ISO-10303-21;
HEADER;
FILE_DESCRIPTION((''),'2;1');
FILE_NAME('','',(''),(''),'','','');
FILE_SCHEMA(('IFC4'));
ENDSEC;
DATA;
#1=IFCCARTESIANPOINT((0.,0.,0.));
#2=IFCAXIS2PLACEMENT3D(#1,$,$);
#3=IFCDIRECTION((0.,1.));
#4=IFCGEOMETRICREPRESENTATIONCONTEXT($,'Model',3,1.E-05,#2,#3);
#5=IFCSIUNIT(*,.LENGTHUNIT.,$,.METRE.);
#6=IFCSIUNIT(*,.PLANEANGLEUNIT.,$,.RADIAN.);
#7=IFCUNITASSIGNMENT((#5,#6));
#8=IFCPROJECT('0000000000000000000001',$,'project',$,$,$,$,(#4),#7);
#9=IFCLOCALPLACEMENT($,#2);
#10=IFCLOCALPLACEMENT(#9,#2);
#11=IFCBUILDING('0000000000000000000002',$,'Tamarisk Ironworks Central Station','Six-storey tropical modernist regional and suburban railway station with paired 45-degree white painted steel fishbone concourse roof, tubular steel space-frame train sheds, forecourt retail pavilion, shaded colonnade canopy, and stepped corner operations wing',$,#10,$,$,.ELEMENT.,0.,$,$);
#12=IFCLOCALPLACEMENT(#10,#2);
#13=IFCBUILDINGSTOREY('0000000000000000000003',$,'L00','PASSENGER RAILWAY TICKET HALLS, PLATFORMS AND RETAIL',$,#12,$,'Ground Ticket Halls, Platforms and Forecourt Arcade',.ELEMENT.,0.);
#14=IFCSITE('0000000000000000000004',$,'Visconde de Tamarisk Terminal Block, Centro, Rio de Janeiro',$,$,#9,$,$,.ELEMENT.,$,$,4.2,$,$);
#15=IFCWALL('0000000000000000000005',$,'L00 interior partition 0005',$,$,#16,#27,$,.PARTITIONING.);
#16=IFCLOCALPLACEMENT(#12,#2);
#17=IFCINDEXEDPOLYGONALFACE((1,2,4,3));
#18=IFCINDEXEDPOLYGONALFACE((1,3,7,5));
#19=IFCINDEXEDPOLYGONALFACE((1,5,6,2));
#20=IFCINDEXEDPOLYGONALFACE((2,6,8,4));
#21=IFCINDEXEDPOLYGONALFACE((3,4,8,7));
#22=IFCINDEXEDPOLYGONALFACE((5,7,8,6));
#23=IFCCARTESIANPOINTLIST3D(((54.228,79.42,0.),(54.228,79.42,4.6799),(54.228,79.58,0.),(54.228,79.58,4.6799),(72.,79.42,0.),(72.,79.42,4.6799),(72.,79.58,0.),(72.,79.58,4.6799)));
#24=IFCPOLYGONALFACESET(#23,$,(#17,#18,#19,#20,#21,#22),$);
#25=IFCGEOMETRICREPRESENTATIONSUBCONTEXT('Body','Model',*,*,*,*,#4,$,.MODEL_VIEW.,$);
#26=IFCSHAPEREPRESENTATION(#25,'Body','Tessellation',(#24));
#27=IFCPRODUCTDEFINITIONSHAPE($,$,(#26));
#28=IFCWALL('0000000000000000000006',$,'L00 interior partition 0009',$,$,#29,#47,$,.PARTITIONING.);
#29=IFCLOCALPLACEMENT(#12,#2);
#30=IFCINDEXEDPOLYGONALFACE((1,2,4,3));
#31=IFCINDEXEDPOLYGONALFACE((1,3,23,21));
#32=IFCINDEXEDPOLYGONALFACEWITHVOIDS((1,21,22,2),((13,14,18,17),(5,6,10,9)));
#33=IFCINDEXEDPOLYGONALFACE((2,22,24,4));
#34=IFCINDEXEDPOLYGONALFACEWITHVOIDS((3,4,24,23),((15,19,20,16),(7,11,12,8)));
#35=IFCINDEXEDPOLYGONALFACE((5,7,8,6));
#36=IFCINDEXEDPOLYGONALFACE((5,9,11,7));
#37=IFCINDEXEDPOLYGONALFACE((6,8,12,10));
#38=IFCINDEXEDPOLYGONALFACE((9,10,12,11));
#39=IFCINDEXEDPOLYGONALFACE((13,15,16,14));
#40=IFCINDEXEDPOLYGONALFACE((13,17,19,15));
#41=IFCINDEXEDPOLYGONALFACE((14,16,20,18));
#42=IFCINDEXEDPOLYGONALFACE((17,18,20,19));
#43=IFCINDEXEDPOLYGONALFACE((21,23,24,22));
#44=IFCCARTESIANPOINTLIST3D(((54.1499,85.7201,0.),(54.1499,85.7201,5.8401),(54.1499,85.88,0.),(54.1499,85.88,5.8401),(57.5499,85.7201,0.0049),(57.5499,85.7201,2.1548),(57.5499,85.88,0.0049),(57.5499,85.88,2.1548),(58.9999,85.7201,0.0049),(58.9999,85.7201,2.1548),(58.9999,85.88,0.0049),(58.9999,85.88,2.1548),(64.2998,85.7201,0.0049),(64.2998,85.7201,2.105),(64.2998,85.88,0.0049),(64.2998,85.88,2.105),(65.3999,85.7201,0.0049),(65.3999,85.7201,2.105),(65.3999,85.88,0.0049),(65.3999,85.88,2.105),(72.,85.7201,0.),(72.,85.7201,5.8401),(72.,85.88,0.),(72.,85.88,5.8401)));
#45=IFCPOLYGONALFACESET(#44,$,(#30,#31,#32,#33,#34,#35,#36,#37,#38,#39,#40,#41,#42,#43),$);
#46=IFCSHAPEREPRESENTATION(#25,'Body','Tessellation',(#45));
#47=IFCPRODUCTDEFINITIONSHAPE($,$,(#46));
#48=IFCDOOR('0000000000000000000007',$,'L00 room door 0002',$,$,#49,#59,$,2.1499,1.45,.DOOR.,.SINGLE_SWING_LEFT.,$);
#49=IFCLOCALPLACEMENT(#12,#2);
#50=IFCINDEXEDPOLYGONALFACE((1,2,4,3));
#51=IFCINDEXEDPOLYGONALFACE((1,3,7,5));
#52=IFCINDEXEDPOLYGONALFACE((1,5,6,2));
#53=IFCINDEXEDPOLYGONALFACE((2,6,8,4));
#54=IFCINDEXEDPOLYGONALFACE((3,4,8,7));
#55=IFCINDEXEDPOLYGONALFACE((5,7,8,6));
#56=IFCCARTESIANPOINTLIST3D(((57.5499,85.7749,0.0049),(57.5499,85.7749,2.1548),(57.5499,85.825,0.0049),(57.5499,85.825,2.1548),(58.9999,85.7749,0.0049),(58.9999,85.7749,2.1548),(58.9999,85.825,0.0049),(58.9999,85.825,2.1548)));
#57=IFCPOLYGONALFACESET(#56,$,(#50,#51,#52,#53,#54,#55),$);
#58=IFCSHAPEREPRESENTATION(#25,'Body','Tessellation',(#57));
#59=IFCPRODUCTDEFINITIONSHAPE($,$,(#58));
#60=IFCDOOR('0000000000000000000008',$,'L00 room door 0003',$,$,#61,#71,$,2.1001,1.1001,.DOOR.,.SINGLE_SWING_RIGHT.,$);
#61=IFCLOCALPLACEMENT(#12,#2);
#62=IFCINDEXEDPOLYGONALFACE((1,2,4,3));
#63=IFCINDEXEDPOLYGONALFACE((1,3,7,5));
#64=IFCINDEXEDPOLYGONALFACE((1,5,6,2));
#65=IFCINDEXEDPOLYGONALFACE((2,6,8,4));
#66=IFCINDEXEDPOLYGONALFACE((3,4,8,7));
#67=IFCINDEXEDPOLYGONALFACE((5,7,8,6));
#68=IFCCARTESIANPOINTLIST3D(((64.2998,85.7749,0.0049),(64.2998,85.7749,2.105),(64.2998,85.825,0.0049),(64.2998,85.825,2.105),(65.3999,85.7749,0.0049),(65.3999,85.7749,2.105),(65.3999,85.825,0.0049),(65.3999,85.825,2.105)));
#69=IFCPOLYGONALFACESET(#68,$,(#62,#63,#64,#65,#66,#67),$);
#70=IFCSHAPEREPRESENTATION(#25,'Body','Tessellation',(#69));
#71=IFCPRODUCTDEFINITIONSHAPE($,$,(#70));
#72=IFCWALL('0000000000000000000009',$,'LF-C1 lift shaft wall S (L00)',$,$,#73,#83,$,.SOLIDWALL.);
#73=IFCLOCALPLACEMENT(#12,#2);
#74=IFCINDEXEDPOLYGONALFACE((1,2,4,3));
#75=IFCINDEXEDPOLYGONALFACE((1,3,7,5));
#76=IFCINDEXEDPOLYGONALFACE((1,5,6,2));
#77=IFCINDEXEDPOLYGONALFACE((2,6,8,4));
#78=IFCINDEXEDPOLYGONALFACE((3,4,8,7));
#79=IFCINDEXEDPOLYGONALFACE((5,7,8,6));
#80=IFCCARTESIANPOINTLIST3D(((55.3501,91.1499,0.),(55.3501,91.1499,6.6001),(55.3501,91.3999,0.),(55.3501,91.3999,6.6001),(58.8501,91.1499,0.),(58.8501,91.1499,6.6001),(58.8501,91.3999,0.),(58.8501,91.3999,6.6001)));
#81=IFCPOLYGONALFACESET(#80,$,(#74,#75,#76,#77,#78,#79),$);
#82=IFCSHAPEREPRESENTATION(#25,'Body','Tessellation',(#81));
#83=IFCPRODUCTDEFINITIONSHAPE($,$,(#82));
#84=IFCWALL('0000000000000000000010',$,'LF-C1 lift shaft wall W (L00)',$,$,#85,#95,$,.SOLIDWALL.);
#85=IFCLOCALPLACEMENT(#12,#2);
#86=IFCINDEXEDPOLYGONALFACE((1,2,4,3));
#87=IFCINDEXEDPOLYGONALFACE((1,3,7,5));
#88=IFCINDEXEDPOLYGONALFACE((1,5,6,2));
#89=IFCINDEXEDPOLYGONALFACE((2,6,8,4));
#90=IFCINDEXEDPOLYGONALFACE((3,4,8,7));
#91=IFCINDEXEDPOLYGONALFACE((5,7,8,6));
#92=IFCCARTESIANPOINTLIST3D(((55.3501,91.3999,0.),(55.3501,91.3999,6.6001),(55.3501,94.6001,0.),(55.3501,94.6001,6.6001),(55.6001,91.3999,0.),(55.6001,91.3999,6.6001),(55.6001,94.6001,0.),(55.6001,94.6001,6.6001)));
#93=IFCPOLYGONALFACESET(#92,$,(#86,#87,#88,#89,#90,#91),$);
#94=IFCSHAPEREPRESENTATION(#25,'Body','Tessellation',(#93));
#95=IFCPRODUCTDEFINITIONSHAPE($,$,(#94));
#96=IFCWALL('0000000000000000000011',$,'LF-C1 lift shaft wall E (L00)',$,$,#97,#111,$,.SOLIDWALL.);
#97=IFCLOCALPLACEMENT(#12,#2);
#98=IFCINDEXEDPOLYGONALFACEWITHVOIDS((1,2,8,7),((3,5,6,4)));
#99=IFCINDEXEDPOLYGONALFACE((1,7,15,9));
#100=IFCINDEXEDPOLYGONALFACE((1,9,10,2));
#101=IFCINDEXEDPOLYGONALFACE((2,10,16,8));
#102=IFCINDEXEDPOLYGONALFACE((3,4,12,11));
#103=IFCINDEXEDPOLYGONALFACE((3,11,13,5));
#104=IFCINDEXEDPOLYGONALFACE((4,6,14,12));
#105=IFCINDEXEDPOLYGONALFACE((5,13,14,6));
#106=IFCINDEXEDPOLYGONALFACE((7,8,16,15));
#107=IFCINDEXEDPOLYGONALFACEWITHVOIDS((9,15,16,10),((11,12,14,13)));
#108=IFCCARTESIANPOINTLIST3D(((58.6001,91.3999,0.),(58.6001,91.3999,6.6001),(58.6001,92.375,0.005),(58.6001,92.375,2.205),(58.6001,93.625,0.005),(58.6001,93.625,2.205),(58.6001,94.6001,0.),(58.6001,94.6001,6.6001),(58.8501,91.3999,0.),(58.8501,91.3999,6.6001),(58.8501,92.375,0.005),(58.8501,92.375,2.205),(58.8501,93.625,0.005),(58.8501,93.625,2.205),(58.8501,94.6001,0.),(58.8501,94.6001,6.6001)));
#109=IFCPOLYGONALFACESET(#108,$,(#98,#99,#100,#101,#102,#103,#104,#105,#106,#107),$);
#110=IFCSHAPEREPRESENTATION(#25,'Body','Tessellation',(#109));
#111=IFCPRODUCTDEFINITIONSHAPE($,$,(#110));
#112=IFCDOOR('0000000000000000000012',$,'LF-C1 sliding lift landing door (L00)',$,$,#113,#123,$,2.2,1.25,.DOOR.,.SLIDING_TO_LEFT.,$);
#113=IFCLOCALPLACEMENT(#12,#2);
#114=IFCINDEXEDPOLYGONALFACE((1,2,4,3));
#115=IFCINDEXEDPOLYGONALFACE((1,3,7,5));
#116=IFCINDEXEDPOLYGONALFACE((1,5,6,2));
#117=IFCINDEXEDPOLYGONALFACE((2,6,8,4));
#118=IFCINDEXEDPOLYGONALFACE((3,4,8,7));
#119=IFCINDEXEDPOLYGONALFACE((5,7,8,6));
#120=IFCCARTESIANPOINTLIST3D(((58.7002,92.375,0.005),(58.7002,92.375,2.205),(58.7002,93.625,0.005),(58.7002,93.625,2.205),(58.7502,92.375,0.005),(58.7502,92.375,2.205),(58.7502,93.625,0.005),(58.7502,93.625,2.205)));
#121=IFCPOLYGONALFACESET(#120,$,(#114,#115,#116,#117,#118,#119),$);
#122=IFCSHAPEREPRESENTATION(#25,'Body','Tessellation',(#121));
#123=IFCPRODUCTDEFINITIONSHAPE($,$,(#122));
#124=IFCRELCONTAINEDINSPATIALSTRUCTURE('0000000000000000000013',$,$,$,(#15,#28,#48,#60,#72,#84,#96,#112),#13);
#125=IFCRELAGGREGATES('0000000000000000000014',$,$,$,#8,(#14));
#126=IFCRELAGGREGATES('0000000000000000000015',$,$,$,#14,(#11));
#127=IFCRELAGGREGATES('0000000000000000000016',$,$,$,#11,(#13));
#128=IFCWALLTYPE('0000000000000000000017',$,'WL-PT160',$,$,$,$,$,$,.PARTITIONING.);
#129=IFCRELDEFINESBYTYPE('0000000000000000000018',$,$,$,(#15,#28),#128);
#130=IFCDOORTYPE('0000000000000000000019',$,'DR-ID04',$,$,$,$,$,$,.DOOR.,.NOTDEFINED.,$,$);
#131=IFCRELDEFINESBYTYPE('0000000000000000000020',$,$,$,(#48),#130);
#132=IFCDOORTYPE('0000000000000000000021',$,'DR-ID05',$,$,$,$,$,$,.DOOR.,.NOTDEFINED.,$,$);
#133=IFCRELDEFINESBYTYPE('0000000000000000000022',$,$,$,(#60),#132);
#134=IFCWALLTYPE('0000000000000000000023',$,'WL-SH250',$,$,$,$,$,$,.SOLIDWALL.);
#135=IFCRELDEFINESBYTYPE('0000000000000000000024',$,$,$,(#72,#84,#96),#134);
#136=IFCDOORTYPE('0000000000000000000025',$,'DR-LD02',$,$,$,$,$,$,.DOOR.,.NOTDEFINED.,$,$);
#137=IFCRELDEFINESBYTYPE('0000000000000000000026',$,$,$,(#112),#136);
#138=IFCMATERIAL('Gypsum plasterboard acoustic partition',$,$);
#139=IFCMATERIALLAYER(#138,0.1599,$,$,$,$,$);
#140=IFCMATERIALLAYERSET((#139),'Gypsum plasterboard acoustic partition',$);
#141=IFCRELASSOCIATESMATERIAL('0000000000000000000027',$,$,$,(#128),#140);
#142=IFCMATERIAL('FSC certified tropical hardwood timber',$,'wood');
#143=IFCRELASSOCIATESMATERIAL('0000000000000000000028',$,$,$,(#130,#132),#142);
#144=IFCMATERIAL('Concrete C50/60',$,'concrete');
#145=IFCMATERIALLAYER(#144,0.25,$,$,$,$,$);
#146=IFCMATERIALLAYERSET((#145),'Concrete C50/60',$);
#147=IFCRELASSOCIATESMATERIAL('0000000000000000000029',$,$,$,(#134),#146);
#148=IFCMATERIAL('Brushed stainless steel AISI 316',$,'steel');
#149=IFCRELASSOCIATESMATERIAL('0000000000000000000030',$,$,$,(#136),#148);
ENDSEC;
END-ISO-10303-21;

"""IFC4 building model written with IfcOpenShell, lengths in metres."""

from ifc_helpers import new_model, si_unit, direction, frame, frame_2d, origin, place, context, subcontext, project, spatial, rectangle, extrude, material, layer, layer_set, type_object, element, fill, save


model = new_model("IFC4")

# Units and contexts
model_context = context("Model", 3, precision=1e-05, world=origin(), true_north=direction((0.0, 1.0)))
body_context = subcontext(model_context, "Body", "Model", "MODEL_VIEW")
ifc_project = project(units=[si_unit("LENGTHUNIT", "METRE"), si_unit("PLANEANGLEUNIT", "RADIAN")], contexts=[model_context])

# Site, building, storey
site_placement = place(None, origin())
site = spatial("IfcSite", under=ifc_project, at=site_placement, Name="Visconde de Tamarisk Terminal Block, Centro, Rio de Janeiro", CompositionType="ELEMENT", RefElevation=4.2)
building_placement = place(site_placement, origin())
building = spatial("IfcBuilding", under=site, at=building_placement, Name="Tamarisk Ironworks Central Station", Description="Six-storey tropical modernist regional and suburban railway station with paired 45-degree white painted steel fishbone concourse roof, tubular steel space-frame train sheds, forecourt retail pavilion, shaded colonnade canopy, and stepped corner operations wing", CompositionType="ELEMENT", ElevationOfRefHeight=0.0)
storey_placement = place(building_placement, origin())
storey = spatial("IfcBuildingStorey", under=building, at=storey_placement, Name="L00", Description="PASSENGER RAILWAY TICKET HALLS, PLATFORMS AND RETAIL", LongName="Ground Ticket Halls, Platforms and Forecourt Arcade", CompositionType="ELEMENT", Elevation=0.0)

# Wall
ifc_material_1 = material(Name="Gypsum plasterboard acoustic partition")
ifc_layer_1 = layer(ifc_material_1, 0.1599)
ifc_layer_set_1 = layer_set([ifc_layer_1], Name="Gypsum plasterboard acoustic partition")
wall_type_1 = type_object("IfcWallType", Name="WL-PT160", PredefinedType="PARTITIONING", material=ifc_layer_set_1)
wall_1_placement = place(storey_placement, frame((54.228, 79.5, 0.0), z_axis=(0.0, 0.0, 1.0), x_axis=(1.0, 0.0, 0.0)))
element("IfcWall", 1, at=wall_1_placement, inside=storey, type_object=wall_type_1, Name="L00 interior partition 0005", PredefinedType="PARTITIONING", context=body_context, shape_type="SweptSolid", body=[
    extrude(rectangle(XDim=17.772, YDim=0.1599, at=frame_2d((8.886, 0.0))), origin(), (0.0, 0.0, 1.0), 4.6799),
])

# Wall, openings, doors
wall_2_placement = place(storey_placement, frame((54.1499, 85.8, 0.0), z_axis=(0.0, 0.0, 1.0), x_axis=(1.0, 0.0, 0.0)))
wall_2 = element("IfcWall", 2, at=wall_2_placement, inside=storey, type_object=wall_type_1, Name="L00 interior partition 0009", PredefinedType="PARTITIONING", context=body_context, shape_type="SweptSolid", body=[
    extrude(rectangle(XDim=17.8501, YDim=0.1599, at=frame_2d((8.925, 0.0))), origin(), (0.0, 0.0, 1.0), 5.8401),
])
opening_1_placement = place(wall_2_placement, frame((3.3999, 0.0, 0.0049)))
opening_1 = element("IfcOpeningElement", 3, at=opening_1_placement, cuts=wall_2, PredefinedType="OPENING", context=body_context, shape_type="SweptSolid", body=[
    extrude(rectangle(XDim=1.45, YDim=2.1499, at=frame_2d((0.7251, 1.075))), frame((0.0, 0.0918, 0.0), z_axis=(0.0, -1.0, 0.0), x_axis=(1.0, 0.0, 0.0)), (0.0, 0.0, 1.0), 0.1838),
])
opening_2_placement = place(wall_2_placement, frame((10.1499, 0.0, 0.0049)))
opening_2 = element("IfcOpeningElement", 4, at=opening_2_placement, cuts=wall_2, PredefinedType="OPENING", context=body_context, shape_type="SweptSolid", body=[
    extrude(rectangle(XDim=1.1001, YDim=2.1001, at=frame_2d((0.55, 1.05))), frame((0.0, 0.0918, 0.0), z_axis=(0.0, -1.0, 0.0), x_axis=(1.0, 0.0, 0.0)), (0.0, 0.0, 1.0), 0.1838),
])
ifc_material_2 = material(Name="FSC certified tropical hardwood timber", Category="wood")
door_type_1 = type_object("IfcDoorType", Name="DR-ID04", OperationType="NOTDEFINED", PredefinedType="DOOR", material=ifc_material_2)
door_1_placement = place(opening_1_placement, origin())
door_1 = element("IfcDoor", 5, at=door_1_placement, inside=storey, type_object=door_type_1, Name="L00 room door 0002", OperationType="SINGLE_SWING_LEFT", OverallHeight=2.1499, OverallWidth=1.45, PredefinedType="DOOR", context=body_context, shape_type="SweptSolid", body=[
    extrude(rectangle(XDim=1.45, YDim=2.1499, at=frame_2d((0.7251, 1.075))), frame((0.0, 0.0249, 0.0), z_axis=(0.0, -1.0, 0.0), x_axis=(1.0, 0.0, 0.0)), (0.0, 0.0, 1.0), 0.05),
])
fill(opening_1, door_1)
door_type_2 = type_object("IfcDoorType", Name="DR-ID05", OperationType="NOTDEFINED", PredefinedType="DOOR", material=ifc_material_2)
door_2_placement = place(opening_2_placement, origin())
door_2 = element("IfcDoor", 6, at=door_2_placement, inside=storey, type_object=door_type_2, Name="L00 room door 0003", OperationType="SINGLE_SWING_RIGHT", OverallHeight=2.1001, OverallWidth=1.1001, PredefinedType="DOOR", context=body_context, shape_type="SweptSolid", body=[
    extrude(rectangle(XDim=1.1001, YDim=2.1001, at=frame_2d((0.55, 1.05))), frame((0.0, 0.0249, 0.0), z_axis=(0.0, -1.0, 0.0), x_axis=(1.0, 0.0, 0.0)), (0.0, 0.0, 1.0), 0.05),
])
fill(opening_2, door_2)

# Walls
ifc_material_3 = material(Name="Concrete C50/60", Category="concrete")
ifc_layer_2 = layer(ifc_material_3, 0.25)
ifc_layer_set_2 = layer_set([ifc_layer_2], Name="Concrete C50/60")
wall_type_2 = type_object("IfcWallType", Name="WL-SH250", PredefinedType="SOLIDWALL", material=ifc_layer_set_2)
wall_3_placement = place(storey_placement, frame((55.3501, 91.2749, 0.0), z_axis=(0.0, 0.0, 1.0), x_axis=(1.0, 0.0, 0.0)))
element("IfcWall", 7, at=wall_3_placement, inside=storey, type_object=wall_type_2, Name="LF-C1 lift shaft wall S (L00)", PredefinedType="SOLIDWALL", context=body_context, shape_type="SweptSolid", body=[
    extrude(rectangle(XDim=3.5, YDim=0.25, at=frame_2d((1.75, 0.0))), origin(), (0.0, 0.0, 1.0), 6.6001),
])
wall_4_placement = place(storey_placement, frame((55.4751, 91.3999, 0.0), z_axis=(0.0, 0.0, 1.0), x_axis=(0.0, 1.0, 0.0)))
element("IfcWall", 8, at=wall_4_placement, inside=storey, type_object=wall_type_2, Name="LF-C1 lift shaft wall W (L00)", PredefinedType="SOLIDWALL", context=body_context, shape_type="SweptSolid", body=[
    extrude(rectangle(XDim=3.2002, YDim=0.25, at=frame_2d((1.6001, 0.0))), origin(), (0.0, 0.0, 1.0), 6.6001),
])

# Wall, opening, door
wall_5_placement = place(storey_placement, frame((58.7251, 91.3999, 0.0), z_axis=(0.0, 0.0, 1.0), x_axis=(0.0, 1.0, 0.0)))
wall_5 = element("IfcWall", 9, at=wall_5_placement, inside=storey, type_object=wall_type_2, Name="LF-C1 lift shaft wall E (L00)", PredefinedType="SOLIDWALL", context=body_context, shape_type="SweptSolid", body=[
    extrude(rectangle(XDim=3.2002, YDim=0.25, at=frame_2d((1.6001, 0.0))), origin(), (0.0, 0.0, 1.0), 6.6001),
])
opening_3_placement = place(wall_5_placement, frame((0.9751, 0.0, 0.0049)))
opening_3 = element("IfcOpeningElement", 10, at=opening_3_placement, cuts=wall_5, PredefinedType="OPENING", context=body_context, shape_type="SweptSolid", body=[
    extrude(rectangle(XDim=1.25, YDim=2.2, at=frame_2d((0.625, 1.1001))), frame((0.0, 0.137, 0.0), z_axis=(0.0, -1.0, 0.0), x_axis=(1.0, 0.0, 0.0)), (0.0, 0.0, 1.0), 0.2739),
])
ifc_material_4 = material(Name="Brushed stainless steel AISI 316", Category="steel")
door_type_3 = type_object("IfcDoorType", Name="DR-LD02", OperationType="NOTDEFINED", PredefinedType="DOOR", material=ifc_material_4)
door_3_placement = place(opening_3_placement, origin())
door_3 = element("IfcDoor", 11, at=door_3_placement, inside=storey, type_object=door_type_3, Name="LF-C1 sliding lift landing door (L00)", OperationType="SLIDING_TO_LEFT", OverallHeight=2.2, OverallWidth=1.25, PredefinedType="DOOR", context=body_context, shape_type="SweptSolid", body=[
    extrude(rectangle(XDim=1.25, YDim=2.2, at=frame_2d((0.625, 1.1001))), frame((0.0, 0.0249, 0.0), z_axis=(0.0, -1.0, 0.0), x_axis=(1.0, 0.0, 0.0)), (0.0, 0.0, 1.0), 0.05),
])
fill(opening_3, door_3)

save(model, "model.ifc")
